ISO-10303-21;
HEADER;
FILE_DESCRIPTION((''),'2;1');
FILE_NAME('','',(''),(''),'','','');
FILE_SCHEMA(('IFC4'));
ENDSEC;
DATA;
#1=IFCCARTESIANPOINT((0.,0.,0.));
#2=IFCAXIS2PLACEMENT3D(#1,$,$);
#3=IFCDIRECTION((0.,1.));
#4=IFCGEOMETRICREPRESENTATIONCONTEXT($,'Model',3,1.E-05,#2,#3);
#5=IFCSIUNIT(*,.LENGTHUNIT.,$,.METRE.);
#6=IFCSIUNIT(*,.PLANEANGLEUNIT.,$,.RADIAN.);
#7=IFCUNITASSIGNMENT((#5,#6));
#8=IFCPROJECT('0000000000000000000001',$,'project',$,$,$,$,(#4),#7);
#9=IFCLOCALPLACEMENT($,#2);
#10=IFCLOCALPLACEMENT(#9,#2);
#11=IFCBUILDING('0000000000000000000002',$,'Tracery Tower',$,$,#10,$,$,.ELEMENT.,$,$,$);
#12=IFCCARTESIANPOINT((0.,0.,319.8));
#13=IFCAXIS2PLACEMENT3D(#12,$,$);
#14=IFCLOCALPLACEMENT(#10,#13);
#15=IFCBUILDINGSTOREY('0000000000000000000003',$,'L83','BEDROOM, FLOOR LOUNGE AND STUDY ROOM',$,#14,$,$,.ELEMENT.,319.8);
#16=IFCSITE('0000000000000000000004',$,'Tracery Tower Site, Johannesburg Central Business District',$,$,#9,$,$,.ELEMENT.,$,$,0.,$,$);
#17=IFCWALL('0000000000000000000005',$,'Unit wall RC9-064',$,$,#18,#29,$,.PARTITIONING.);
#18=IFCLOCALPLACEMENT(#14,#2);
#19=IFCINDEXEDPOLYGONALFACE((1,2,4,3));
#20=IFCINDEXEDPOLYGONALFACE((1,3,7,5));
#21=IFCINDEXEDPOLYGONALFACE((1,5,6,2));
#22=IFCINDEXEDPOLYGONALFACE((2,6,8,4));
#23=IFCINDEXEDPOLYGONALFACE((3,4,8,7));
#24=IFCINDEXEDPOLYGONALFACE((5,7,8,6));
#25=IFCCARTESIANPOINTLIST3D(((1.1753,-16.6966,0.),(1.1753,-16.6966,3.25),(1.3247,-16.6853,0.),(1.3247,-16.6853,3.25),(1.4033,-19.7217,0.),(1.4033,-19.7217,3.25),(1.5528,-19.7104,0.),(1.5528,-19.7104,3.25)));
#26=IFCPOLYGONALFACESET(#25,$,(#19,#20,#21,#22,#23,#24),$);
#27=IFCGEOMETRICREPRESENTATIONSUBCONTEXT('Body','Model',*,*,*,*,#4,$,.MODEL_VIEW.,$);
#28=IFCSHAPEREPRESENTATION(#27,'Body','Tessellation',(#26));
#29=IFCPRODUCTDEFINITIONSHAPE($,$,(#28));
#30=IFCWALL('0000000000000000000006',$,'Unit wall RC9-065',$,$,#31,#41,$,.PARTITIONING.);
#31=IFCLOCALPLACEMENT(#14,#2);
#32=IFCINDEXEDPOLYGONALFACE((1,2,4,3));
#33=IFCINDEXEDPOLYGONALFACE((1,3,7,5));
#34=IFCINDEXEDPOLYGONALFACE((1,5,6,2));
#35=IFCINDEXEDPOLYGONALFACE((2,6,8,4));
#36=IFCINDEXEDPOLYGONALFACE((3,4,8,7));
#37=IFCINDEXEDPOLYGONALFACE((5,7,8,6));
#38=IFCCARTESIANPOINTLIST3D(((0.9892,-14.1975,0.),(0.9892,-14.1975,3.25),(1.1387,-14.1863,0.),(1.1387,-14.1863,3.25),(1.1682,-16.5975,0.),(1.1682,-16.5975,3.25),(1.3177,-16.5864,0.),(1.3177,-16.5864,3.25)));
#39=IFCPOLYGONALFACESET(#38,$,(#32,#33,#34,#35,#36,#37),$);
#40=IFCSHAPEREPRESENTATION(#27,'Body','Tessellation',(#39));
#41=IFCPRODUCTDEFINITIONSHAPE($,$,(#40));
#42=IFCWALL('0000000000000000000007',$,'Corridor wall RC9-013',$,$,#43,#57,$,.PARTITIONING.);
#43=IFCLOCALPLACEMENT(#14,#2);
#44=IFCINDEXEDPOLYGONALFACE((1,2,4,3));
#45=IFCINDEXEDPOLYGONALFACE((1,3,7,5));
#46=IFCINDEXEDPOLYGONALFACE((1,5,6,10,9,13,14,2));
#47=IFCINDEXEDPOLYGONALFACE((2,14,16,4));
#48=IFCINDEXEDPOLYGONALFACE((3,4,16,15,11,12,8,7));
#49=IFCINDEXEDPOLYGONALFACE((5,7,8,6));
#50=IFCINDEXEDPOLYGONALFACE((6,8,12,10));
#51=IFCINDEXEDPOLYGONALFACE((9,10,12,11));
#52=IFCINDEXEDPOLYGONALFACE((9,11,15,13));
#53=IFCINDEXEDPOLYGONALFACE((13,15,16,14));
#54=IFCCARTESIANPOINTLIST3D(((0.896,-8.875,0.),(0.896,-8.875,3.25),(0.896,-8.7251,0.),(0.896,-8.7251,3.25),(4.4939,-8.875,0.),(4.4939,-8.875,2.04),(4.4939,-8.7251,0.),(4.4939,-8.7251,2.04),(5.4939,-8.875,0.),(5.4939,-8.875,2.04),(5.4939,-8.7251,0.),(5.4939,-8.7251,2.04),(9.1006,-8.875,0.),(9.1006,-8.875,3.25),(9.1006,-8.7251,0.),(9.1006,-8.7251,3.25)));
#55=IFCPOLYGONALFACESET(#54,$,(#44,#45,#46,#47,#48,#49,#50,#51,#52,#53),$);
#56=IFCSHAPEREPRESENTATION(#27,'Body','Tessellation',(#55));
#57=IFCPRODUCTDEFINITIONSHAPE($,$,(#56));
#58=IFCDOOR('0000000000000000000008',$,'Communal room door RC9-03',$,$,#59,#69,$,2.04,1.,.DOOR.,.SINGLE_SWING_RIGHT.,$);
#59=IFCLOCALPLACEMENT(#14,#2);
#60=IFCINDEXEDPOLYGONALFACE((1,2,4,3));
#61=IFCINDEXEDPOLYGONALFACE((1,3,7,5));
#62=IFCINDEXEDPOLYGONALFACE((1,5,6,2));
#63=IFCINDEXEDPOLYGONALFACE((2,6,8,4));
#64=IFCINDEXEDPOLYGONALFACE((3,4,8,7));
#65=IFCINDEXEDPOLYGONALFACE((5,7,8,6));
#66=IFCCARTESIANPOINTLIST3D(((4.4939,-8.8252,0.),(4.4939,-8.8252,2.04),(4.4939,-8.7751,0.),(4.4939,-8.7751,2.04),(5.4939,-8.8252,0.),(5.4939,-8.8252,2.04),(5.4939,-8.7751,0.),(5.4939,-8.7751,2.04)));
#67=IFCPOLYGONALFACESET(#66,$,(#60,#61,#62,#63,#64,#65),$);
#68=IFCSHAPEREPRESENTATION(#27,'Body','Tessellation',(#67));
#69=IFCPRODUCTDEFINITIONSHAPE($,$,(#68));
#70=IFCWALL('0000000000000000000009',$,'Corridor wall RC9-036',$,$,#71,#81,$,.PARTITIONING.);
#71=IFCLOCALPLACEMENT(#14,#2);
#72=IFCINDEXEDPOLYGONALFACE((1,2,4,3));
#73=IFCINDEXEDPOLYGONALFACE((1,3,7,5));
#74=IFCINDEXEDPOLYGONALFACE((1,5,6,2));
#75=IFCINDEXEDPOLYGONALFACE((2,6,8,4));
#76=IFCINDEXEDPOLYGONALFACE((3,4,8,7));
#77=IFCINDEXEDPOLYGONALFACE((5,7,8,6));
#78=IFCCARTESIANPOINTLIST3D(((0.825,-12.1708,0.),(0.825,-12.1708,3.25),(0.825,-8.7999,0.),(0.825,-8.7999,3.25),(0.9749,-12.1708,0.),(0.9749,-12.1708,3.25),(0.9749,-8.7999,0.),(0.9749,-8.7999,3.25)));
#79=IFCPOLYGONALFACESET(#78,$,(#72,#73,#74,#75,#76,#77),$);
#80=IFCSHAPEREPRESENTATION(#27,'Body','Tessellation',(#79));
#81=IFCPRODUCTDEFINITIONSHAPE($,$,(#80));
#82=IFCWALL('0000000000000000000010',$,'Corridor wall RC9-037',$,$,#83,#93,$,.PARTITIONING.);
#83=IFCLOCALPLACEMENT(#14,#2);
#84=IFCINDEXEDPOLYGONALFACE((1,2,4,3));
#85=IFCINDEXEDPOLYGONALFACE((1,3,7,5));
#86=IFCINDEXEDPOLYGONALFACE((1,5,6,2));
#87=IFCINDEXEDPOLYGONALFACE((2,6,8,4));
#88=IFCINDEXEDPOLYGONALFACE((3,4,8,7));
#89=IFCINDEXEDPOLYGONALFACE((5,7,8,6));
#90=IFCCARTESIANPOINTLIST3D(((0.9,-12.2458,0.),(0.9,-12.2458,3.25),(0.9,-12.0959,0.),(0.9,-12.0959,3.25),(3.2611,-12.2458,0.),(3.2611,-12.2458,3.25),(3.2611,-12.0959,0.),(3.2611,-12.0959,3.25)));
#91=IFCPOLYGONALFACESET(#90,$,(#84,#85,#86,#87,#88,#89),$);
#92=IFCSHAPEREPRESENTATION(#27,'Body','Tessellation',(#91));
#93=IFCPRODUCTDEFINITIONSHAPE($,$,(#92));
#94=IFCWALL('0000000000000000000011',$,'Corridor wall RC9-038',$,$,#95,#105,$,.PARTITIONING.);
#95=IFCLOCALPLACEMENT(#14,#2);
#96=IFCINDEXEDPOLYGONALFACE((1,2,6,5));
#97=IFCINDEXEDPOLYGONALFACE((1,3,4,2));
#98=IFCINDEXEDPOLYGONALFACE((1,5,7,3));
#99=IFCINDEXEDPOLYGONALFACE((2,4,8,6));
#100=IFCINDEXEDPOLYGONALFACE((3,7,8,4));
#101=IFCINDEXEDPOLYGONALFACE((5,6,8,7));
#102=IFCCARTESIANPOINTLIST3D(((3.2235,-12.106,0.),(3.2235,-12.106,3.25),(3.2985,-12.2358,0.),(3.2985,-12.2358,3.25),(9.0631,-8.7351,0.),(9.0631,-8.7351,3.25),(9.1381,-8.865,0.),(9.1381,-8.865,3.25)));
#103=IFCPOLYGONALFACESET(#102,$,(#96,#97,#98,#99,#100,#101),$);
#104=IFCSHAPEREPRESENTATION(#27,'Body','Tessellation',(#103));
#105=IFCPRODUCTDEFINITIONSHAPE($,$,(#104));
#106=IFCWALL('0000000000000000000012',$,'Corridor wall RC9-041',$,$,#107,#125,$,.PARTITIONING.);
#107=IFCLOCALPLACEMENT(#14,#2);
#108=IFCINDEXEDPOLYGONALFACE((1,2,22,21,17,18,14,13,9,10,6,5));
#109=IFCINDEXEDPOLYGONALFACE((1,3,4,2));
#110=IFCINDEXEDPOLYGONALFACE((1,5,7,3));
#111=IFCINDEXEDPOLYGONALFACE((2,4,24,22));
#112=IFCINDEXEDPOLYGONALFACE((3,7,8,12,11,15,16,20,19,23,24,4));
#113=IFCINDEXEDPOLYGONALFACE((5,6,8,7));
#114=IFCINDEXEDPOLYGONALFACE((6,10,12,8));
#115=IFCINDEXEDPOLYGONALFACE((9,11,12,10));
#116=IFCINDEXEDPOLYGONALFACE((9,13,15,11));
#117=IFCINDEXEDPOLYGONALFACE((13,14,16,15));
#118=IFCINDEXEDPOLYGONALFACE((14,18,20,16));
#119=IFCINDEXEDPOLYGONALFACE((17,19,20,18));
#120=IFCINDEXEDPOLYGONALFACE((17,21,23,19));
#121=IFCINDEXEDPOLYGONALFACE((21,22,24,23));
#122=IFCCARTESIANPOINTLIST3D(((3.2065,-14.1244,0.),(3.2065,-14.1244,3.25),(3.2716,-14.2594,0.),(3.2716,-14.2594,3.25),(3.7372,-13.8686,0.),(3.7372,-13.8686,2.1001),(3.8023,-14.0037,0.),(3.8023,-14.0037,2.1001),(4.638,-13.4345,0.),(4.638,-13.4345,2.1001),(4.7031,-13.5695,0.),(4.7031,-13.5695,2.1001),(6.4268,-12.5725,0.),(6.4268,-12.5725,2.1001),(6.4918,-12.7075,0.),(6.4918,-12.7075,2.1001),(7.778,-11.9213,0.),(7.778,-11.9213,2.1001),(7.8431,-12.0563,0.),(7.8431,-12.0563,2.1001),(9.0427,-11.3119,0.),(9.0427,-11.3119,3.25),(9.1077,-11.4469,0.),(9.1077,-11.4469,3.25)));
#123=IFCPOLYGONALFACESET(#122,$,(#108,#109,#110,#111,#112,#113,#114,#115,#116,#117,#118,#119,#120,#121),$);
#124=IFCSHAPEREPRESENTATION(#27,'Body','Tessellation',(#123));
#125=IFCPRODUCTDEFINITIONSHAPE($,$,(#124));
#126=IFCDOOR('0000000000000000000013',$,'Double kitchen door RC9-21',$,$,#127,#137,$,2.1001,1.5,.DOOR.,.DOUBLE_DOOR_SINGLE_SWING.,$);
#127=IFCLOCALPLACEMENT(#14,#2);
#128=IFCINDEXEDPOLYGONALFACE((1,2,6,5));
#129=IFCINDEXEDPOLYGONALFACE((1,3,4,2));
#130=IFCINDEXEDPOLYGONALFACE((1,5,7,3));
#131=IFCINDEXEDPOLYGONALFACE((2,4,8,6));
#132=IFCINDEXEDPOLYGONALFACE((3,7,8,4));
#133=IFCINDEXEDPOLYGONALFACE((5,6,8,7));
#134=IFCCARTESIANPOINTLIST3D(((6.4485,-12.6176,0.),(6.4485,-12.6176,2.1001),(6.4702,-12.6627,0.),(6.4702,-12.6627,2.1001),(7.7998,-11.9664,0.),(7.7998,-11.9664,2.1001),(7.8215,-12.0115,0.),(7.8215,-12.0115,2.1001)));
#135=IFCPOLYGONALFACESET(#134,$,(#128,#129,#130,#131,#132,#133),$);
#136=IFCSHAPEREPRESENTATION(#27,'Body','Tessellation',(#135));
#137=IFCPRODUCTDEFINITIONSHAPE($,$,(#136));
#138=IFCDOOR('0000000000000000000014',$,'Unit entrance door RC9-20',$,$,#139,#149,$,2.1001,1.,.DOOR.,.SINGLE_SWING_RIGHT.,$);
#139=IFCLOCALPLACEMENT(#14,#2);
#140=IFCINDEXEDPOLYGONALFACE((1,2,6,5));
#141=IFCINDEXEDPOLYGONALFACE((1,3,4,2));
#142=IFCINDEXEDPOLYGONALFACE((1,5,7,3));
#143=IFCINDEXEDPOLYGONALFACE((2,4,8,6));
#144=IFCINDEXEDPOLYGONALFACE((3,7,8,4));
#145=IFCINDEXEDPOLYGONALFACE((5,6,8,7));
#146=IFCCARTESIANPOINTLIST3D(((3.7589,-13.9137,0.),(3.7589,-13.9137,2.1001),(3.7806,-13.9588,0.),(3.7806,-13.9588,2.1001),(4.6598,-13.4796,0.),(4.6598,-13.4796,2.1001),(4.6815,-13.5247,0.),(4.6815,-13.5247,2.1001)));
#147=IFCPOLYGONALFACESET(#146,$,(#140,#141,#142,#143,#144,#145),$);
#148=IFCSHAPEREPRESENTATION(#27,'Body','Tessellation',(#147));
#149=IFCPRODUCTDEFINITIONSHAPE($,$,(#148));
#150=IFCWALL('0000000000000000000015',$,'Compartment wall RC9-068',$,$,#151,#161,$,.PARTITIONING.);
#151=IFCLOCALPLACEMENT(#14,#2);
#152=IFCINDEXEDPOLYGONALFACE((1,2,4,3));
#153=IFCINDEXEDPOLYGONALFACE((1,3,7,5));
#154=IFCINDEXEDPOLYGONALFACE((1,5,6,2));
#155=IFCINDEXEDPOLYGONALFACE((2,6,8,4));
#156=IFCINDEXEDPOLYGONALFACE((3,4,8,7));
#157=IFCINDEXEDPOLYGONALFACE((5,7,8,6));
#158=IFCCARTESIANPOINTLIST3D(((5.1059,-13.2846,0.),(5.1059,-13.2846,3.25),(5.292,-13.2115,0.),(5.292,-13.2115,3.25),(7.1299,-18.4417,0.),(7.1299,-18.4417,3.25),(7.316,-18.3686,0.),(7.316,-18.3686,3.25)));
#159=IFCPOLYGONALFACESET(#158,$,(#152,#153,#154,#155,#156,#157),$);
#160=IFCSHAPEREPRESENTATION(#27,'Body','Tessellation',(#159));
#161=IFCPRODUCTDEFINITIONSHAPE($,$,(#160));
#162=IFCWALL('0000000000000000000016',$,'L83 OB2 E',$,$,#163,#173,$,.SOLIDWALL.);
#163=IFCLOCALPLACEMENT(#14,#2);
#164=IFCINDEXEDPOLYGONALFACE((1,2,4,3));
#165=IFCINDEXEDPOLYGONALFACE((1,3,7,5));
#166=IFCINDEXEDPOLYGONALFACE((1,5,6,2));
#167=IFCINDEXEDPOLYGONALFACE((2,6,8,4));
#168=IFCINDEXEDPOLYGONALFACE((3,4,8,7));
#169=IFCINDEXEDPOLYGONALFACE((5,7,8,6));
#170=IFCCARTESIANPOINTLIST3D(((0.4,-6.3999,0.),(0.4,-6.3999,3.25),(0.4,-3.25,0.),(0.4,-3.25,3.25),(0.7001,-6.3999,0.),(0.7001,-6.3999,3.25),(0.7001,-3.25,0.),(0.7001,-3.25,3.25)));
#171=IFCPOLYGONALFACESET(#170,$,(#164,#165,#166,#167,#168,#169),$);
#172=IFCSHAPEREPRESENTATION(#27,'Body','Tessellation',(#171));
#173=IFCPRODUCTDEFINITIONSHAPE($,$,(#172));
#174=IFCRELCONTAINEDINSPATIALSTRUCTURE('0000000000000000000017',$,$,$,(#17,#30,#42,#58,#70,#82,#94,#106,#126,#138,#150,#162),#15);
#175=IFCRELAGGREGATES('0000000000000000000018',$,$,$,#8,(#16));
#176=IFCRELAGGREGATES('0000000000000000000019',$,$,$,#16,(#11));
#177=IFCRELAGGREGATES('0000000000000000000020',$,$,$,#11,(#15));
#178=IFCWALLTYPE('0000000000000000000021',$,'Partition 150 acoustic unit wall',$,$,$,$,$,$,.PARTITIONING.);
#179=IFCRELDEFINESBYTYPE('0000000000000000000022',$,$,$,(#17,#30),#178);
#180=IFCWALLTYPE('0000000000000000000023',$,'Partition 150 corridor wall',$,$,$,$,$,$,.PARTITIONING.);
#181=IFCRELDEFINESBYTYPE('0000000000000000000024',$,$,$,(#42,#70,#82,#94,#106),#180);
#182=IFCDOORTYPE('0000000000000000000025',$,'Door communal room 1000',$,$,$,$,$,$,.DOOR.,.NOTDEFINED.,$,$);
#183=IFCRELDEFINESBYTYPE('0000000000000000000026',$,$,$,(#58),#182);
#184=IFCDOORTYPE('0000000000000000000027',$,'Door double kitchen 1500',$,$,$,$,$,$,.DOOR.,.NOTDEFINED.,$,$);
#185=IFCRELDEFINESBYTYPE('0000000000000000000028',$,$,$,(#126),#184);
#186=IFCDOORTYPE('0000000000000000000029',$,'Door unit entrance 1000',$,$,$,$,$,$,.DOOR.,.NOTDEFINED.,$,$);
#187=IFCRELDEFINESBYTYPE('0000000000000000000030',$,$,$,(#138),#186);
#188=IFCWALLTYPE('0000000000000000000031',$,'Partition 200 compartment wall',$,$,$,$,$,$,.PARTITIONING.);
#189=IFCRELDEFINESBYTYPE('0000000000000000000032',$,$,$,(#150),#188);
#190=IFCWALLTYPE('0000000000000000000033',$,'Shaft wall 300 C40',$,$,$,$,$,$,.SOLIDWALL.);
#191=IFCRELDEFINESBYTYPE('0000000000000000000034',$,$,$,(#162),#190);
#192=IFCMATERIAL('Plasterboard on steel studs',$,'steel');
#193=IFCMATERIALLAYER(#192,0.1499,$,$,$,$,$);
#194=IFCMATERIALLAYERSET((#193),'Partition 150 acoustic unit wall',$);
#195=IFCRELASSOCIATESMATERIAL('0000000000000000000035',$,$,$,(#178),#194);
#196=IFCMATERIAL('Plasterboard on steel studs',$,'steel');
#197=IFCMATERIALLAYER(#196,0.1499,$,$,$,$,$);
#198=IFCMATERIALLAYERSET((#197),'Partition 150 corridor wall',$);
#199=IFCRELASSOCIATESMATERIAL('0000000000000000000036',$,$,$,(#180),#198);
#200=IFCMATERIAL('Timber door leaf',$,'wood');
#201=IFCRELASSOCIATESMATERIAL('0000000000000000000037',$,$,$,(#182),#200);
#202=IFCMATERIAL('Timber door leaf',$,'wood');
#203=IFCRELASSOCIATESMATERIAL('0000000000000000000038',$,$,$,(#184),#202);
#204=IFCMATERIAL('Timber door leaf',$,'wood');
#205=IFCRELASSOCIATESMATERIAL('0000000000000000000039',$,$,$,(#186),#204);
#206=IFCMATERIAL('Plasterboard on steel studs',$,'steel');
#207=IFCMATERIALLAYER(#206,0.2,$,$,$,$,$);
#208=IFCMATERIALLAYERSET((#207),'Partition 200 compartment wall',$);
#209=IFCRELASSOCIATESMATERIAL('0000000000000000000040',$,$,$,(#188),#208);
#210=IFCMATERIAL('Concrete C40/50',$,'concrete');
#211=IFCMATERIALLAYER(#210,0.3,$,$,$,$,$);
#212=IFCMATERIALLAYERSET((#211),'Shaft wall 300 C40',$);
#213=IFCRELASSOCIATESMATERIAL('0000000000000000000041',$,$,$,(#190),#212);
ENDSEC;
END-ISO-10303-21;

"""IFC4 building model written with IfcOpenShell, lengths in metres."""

from ifc_helpers import new_model, si_unit, direction, frame, frame_2d, origin, place, context, subcontext, project, spatial, rectangle, extrude, material, layer, layer_set, type_object, element, fill, save


model = new_model("IFC4")

# Units and contexts
model_context = context("Model", 3, precision=1e-05, world=origin(), true_north=direction((0.0, 1.0)))
body_context = subcontext(model_context, "Body", "Model", "MODEL_VIEW")
ifc_project = project(units=[si_unit("LENGTHUNIT", "METRE"), si_unit("PLANEANGLEUNIT", "RADIAN")], contexts=[model_context])

# Site, building, storey
site_placement = place(None, origin())
site = spatial("IfcSite", under=ifc_project, at=site_placement, Name="Tracery Tower Site, Johannesburg Central Business District", CompositionType="ELEMENT", RefElevation=0.0)
building_placement = place(site_placement, origin())
building = spatial("IfcBuilding", under=site, at=building_placement, Name="Tracery Tower", CompositionType="ELEMENT")
storey_placement = place(building_placement, frame((0.0, 0.0, 319.8)))
storey = spatial("IfcBuildingStorey", under=building, at=storey_placement, Name="L83", Description="BEDROOM, FLOOR LOUNGE AND STUDY ROOM", CompositionType="ELEMENT", Elevation=319.8)

# Walls
ifc_material_1 = material(Name="Plasterboard on steel studs", Category="steel")
ifc_layer_1 = layer(ifc_material_1, 0.1499)
ifc_layer_set_1 = layer_set([ifc_layer_1], Name="Partition 150 acoustic unit wall")
wall_type_1 = type_object("IfcWallType", Name="Partition 150 acoustic unit wall", PredefinedType="PARTITIONING", material=ifc_layer_set_1)
wall_1_placement = place(storey_placement, frame((1.25, -16.6909, 0.0), z_axis=(0.0, 0.0, 1.0), x_axis=(0.075164, -0.997171, 0.0)))
element("IfcWall", 1, at=wall_1_placement, inside=storey, type_object=wall_type_1, Name="Unit wall RC9-064", PredefinedType="PARTITIONING", context=body_context, shape_type="SweptSolid", body=[
    extrude(rectangle(XDim=3.0337, YDim=0.1499, at=frame_2d((1.5168, 0.0))), origin(), (0.0, 0.0, 1.0), 3.25),
])
wall_2_placement = place(storey_placement, frame((1.064, -14.1919, 0.0), z_axis=(0.0, 0.0, 1.0), x_axis=(0.074354, -0.997232, 0.0)))
element("IfcWall", 2, at=wall_2_placement, inside=storey, type_object=wall_type_1, Name="Unit wall RC9-065", PredefinedType="PARTITIONING", context=body_context, shape_type="SweptSolid", body=[
    extrude(rectangle(XDim=2.4067, YDim=0.1499, at=frame_2d((1.2034, 0.0))), origin(), (0.0, 0.0, 1.0), 3.25),
])

# Wall, opening, door
ifc_material_2 = material(Name="Plasterboard on steel studs", Category="steel")
ifc_layer_2 = layer(ifc_material_2, 0.1499)
ifc_layer_set_2 = layer_set([ifc_layer_2], Name="Partition 150 corridor wall")
wall_type_2 = type_object("IfcWallType", Name="Partition 150 corridor wall", PredefinedType="PARTITIONING", material=ifc_layer_set_2)
wall_3_placement = place(storey_placement, frame((0.896, -8.8, 0.0), z_axis=(0.0, 0.0, 1.0), x_axis=(1.0, 0.0, 0.0)))
wall_3 = element("IfcWall", 3, at=wall_3_placement, inside=storey, type_object=wall_type_2, Name="Corridor wall RC9-013", PredefinedType="PARTITIONING", context=body_context, shape_type="SweptSolid", body=[
    extrude(rectangle(XDim=8.2046, YDim=0.1499, at=frame_2d((4.1023, 0.0))), origin(), (0.0, 0.0, 1.0), 3.25),
])
opening_1_placement = place(wall_3_placement, frame((3.5979, 0.0, 0.0)))
opening_1 = element("IfcOpeningElement", 4, at=opening_1_placement, cuts=wall_3, PredefinedType="OPENING", context=body_context, shape_type="SweptSolid", body=[
    extrude(rectangle(XDim=1.0, YDim=2.04, at=frame_2d((0.5, 1.02))), frame((0.0, 0.075, 0.0), z_axis=(0.0, -1.0, 0.0), x_axis=(1.0, 0.0, 0.0)), (0.0, 0.0, 1.0), 0.1499),
])
ifc_material_3 = material(Name="Timber door leaf", Category="wood")
door_type_1 = type_object("IfcDoorType", Name="Door communal room 1000", OperationType="NOTDEFINED", PredefinedType="DOOR", material=ifc_material_3)
door_1_placement = place(opening_1_placement, origin())
door_1 = element("IfcDoor", 5, at=door_1_placement, inside=storey, type_object=door_type_1, Name="Communal room door RC9-03", OperationType="SINGLE_SWING_RIGHT", OverallHeight=2.04, OverallWidth=1.0, PredefinedType="DOOR", context=body_context, shape_type="SweptSolid", body=[
    extrude(rectangle(XDim=1.0, YDim=2.04, at=frame_2d((0.5, 1.02))), frame((0.0, 0.0249, 0.0), z_axis=(0.0, -1.0, 0.0), x_axis=(1.0, 0.0, 0.0)), (0.0, 0.0, 1.0), 0.05),
])
fill(opening_1, door_1)

# Walls
wall_4_placement = place(storey_placement, frame((0.8999, -12.1709, 0.0), z_axis=(0.0, 0.0, 1.0), x_axis=(0.0, 1.0, 0.0)))
element("IfcWall", 6, at=wall_4_placement, inside=storey, type_object=wall_type_2, Name="Corridor wall RC9-036", PredefinedType="PARTITIONING", context=body_context, shape_type="SweptSolid", body=[
    extrude(rectangle(XDim=3.3708, YDim=0.1499, at=frame_2d((1.6855, 0.0))), origin(), (0.0, 0.0, 1.0), 3.25),
])
wall_5_placement = place(storey_placement, frame((0.8999, -12.1709, 0.0), z_axis=(0.0, 0.0, 1.0), x_axis=(1.0, 0.0, 0.0)))
element("IfcWall", 7, at=wall_5_placement, inside=storey, type_object=wall_type_2, Name="Corridor wall RC9-037", PredefinedType="PARTITIONING", context=body_context, shape_type="SweptSolid", body=[
    extrude(rectangle(XDim=2.3611, YDim=0.1499, at=frame_2d((1.1807, 0.0))), origin(), (0.0, 0.0, 1.0), 3.25),
])
wall_6_placement = place(storey_placement, frame((3.261, -12.1709, 0.0), z_axis=(0.0, 0.0, 1.0), x_axis=(0.866067, 0.499928, 0.0)))
element("IfcWall", 8, at=wall_6_placement, inside=storey, type_object=wall_type_2, Name="Corridor wall RC9-038", PredefinedType="PARTITIONING", context=body_context, shape_type="SweptSolid", body=[
    extrude(rectangle(XDim=6.7427, YDim=0.1499, at=frame_2d((3.3713, 0.0))), origin(), (0.0, 0.0, 1.0), 3.25),
])

# Wall, openings, doors
wall_7_placement = place(storey_placement, frame((3.239, -14.1919, 0.0), z_axis=(0.0, 0.0, 1.0), x_axis=(0.900852, 0.434127, 0.0)))
wall_7 = element("IfcWall", 9, at=wall_7_placement, inside=storey, type_object=wall_type_2, Name="Corridor wall RC9-041", PredefinedType="PARTITIONING", context=body_context, shape_type="SweptSolid", body=[
    extrude(rectangle(XDim=6.4785, YDim=0.1499, at=frame_2d((3.2393, 0.0))), origin(), (0.0, 0.0, 1.0), 3.25),
])
opening_2_placement = place(wall_7_placement, frame((0.5891, 0.0, 0.0)))
opening_2 = element("IfcOpeningElement", 10, at=opening_2_placement, cuts=wall_7, PredefinedType="OPENING", context=body_context, shape_type="SweptSolid", body=[
    extrude(rectangle(XDim=1.0, YDim=2.1001, at=frame_2d((0.5, 1.05))), frame((0.0, 0.075, 0.0), z_axis=(0.0, -1.0, 0.0), x_axis=(1.0, 0.0, 0.0)), (0.0, 0.0, 1.0), 0.1499),
])
opening_3_placement = place(wall_7_placement, frame((3.5747, 0.0, 0.0)))
opening_3 = element("IfcOpeningElement", 11, at=opening_3_placement, cuts=wall_7, PredefinedType="OPENING", context=body_context, shape_type="SweptSolid", body=[
    extrude(rectangle(XDim=1.5, YDim=2.1001, at=frame_2d((0.75, 1.05))), frame((0.0, 0.075, 0.0), z_axis=(0.0, -1.0, 0.0), x_axis=(1.0, 0.0, 0.0)), (0.0, 0.0, 1.0), 0.1499),
])
ifc_material_4 = material(Name="Timber door leaf", Category="wood")
door_type_2 = type_object("IfcDoorType", Name="Door double kitchen 1500", OperationType="NOTDEFINED", PredefinedType="DOOR", material=ifc_material_4)
door_2_placement = place(opening_3_placement, origin())
door_2 = element("IfcDoor", 12, at=door_2_placement, inside=storey, type_object=door_type_2, Name="Double kitchen door RC9-21", OperationType="DOUBLE_DOOR_SINGLE_SWING", OverallHeight=2.1001, OverallWidth=1.5, PredefinedType="DOOR", context=body_context, shape_type="SweptSolid", body=[
    extrude(rectangle(XDim=1.5, YDim=2.1001, at=frame_2d((0.75, 1.05))), frame((0.0, 0.0249, 0.0), z_axis=(0.0, -1.0, 0.0), x_axis=(1.0, 0.0, 0.0)), (0.0, 0.0, 1.0), 0.05),
])
fill(opening_3, door_2)
ifc_material_5 = material(Name="Timber door leaf", Category="wood")
door_type_3 = type_object("IfcDoorType", Name="Door unit entrance 1000", OperationType="NOTDEFINED", PredefinedType="DOOR", material=ifc_material_5)
door_3_placement = place(opening_2_placement, origin())
door_3 = element("IfcDoor", 13, at=door_3_placement, inside=storey, type_object=door_type_3, Name="Unit entrance door RC9-20", OperationType="SINGLE_SWING_RIGHT", OverallHeight=2.1001, OverallWidth=1.0, PredefinedType="DOOR", context=body_context, shape_type="SweptSolid", body=[
    extrude(rectangle(XDim=1.0, YDim=2.1001, at=frame_2d((0.5, 1.05))), frame((0.0, 0.0249, 0.0), z_axis=(0.0, -1.0, 0.0), x_axis=(1.0, 0.0, 0.0)), (0.0, 0.0, 1.0), 0.05),
])
fill(opening_2, door_3)

# Walls
ifc_material_6 = material(Name="Plasterboard on steel studs", Category="steel")
ifc_layer_3 = layer(ifc_material_6, 0.2)
ifc_layer_set_3 = layer_set([ifc_layer_3], Name="Partition 200 compartment wall")
wall_type_3 = type_object("IfcWallType", Name="Partition 200 compartment wall", PredefinedType="PARTITIONING", material=ifc_layer_set_3)
wall_8_placement = place(storey_placement, frame((5.199, -13.248, 0.0), z_axis=(0.0, 0.0, 1.0), x_axis=(0.365335, -0.930876, 0.0)))
element("IfcWall", 14, at=wall_8_placement, inside=storey, type_object=wall_type_3, Name="Compartment wall RC9-068", PredefinedType="PARTITIONING", context=body_context, shape_type="SweptSolid", body=[
    extrude(rectangle(XDim=5.54, YDim=0.2, at=frame_2d((2.77, 0.0))), origin(), (0.0, 0.0, 1.0), 3.25),
])
ifc_material_7 = material(Name="Concrete C40/50", Category="concrete")
ifc_layer_4 = layer(ifc_material_7, 0.3)
ifc_layer_set_4 = layer_set([ifc_layer_4], Name="Shaft wall 300 C40")
wall_type_4 = type_object("IfcWallType", Name="Shaft wall 300 C40", PredefinedType="SOLIDWALL", material=ifc_layer_set_4)
wall_9_placement = place(storey_placement, frame((0.55, -6.3999, 0.0), z_axis=(0.0, 0.0, 1.0), x_axis=(0.0, 1.0, 0.0)))
element("IfcWall", 15, at=wall_9_placement, inside=storey, type_object=wall_type_4, Name="L83 OB2 E", PredefinedType="SOLIDWALL", context=body_context, shape_type="SweptSolid", body=[
    extrude(rectangle(XDim=3.1499, YDim=0.3, at=frame_2d((1.575, 0.0))), origin(), (0.0, 0.0, 1.0), 3.25),
])

save(model, "model.ifc")
